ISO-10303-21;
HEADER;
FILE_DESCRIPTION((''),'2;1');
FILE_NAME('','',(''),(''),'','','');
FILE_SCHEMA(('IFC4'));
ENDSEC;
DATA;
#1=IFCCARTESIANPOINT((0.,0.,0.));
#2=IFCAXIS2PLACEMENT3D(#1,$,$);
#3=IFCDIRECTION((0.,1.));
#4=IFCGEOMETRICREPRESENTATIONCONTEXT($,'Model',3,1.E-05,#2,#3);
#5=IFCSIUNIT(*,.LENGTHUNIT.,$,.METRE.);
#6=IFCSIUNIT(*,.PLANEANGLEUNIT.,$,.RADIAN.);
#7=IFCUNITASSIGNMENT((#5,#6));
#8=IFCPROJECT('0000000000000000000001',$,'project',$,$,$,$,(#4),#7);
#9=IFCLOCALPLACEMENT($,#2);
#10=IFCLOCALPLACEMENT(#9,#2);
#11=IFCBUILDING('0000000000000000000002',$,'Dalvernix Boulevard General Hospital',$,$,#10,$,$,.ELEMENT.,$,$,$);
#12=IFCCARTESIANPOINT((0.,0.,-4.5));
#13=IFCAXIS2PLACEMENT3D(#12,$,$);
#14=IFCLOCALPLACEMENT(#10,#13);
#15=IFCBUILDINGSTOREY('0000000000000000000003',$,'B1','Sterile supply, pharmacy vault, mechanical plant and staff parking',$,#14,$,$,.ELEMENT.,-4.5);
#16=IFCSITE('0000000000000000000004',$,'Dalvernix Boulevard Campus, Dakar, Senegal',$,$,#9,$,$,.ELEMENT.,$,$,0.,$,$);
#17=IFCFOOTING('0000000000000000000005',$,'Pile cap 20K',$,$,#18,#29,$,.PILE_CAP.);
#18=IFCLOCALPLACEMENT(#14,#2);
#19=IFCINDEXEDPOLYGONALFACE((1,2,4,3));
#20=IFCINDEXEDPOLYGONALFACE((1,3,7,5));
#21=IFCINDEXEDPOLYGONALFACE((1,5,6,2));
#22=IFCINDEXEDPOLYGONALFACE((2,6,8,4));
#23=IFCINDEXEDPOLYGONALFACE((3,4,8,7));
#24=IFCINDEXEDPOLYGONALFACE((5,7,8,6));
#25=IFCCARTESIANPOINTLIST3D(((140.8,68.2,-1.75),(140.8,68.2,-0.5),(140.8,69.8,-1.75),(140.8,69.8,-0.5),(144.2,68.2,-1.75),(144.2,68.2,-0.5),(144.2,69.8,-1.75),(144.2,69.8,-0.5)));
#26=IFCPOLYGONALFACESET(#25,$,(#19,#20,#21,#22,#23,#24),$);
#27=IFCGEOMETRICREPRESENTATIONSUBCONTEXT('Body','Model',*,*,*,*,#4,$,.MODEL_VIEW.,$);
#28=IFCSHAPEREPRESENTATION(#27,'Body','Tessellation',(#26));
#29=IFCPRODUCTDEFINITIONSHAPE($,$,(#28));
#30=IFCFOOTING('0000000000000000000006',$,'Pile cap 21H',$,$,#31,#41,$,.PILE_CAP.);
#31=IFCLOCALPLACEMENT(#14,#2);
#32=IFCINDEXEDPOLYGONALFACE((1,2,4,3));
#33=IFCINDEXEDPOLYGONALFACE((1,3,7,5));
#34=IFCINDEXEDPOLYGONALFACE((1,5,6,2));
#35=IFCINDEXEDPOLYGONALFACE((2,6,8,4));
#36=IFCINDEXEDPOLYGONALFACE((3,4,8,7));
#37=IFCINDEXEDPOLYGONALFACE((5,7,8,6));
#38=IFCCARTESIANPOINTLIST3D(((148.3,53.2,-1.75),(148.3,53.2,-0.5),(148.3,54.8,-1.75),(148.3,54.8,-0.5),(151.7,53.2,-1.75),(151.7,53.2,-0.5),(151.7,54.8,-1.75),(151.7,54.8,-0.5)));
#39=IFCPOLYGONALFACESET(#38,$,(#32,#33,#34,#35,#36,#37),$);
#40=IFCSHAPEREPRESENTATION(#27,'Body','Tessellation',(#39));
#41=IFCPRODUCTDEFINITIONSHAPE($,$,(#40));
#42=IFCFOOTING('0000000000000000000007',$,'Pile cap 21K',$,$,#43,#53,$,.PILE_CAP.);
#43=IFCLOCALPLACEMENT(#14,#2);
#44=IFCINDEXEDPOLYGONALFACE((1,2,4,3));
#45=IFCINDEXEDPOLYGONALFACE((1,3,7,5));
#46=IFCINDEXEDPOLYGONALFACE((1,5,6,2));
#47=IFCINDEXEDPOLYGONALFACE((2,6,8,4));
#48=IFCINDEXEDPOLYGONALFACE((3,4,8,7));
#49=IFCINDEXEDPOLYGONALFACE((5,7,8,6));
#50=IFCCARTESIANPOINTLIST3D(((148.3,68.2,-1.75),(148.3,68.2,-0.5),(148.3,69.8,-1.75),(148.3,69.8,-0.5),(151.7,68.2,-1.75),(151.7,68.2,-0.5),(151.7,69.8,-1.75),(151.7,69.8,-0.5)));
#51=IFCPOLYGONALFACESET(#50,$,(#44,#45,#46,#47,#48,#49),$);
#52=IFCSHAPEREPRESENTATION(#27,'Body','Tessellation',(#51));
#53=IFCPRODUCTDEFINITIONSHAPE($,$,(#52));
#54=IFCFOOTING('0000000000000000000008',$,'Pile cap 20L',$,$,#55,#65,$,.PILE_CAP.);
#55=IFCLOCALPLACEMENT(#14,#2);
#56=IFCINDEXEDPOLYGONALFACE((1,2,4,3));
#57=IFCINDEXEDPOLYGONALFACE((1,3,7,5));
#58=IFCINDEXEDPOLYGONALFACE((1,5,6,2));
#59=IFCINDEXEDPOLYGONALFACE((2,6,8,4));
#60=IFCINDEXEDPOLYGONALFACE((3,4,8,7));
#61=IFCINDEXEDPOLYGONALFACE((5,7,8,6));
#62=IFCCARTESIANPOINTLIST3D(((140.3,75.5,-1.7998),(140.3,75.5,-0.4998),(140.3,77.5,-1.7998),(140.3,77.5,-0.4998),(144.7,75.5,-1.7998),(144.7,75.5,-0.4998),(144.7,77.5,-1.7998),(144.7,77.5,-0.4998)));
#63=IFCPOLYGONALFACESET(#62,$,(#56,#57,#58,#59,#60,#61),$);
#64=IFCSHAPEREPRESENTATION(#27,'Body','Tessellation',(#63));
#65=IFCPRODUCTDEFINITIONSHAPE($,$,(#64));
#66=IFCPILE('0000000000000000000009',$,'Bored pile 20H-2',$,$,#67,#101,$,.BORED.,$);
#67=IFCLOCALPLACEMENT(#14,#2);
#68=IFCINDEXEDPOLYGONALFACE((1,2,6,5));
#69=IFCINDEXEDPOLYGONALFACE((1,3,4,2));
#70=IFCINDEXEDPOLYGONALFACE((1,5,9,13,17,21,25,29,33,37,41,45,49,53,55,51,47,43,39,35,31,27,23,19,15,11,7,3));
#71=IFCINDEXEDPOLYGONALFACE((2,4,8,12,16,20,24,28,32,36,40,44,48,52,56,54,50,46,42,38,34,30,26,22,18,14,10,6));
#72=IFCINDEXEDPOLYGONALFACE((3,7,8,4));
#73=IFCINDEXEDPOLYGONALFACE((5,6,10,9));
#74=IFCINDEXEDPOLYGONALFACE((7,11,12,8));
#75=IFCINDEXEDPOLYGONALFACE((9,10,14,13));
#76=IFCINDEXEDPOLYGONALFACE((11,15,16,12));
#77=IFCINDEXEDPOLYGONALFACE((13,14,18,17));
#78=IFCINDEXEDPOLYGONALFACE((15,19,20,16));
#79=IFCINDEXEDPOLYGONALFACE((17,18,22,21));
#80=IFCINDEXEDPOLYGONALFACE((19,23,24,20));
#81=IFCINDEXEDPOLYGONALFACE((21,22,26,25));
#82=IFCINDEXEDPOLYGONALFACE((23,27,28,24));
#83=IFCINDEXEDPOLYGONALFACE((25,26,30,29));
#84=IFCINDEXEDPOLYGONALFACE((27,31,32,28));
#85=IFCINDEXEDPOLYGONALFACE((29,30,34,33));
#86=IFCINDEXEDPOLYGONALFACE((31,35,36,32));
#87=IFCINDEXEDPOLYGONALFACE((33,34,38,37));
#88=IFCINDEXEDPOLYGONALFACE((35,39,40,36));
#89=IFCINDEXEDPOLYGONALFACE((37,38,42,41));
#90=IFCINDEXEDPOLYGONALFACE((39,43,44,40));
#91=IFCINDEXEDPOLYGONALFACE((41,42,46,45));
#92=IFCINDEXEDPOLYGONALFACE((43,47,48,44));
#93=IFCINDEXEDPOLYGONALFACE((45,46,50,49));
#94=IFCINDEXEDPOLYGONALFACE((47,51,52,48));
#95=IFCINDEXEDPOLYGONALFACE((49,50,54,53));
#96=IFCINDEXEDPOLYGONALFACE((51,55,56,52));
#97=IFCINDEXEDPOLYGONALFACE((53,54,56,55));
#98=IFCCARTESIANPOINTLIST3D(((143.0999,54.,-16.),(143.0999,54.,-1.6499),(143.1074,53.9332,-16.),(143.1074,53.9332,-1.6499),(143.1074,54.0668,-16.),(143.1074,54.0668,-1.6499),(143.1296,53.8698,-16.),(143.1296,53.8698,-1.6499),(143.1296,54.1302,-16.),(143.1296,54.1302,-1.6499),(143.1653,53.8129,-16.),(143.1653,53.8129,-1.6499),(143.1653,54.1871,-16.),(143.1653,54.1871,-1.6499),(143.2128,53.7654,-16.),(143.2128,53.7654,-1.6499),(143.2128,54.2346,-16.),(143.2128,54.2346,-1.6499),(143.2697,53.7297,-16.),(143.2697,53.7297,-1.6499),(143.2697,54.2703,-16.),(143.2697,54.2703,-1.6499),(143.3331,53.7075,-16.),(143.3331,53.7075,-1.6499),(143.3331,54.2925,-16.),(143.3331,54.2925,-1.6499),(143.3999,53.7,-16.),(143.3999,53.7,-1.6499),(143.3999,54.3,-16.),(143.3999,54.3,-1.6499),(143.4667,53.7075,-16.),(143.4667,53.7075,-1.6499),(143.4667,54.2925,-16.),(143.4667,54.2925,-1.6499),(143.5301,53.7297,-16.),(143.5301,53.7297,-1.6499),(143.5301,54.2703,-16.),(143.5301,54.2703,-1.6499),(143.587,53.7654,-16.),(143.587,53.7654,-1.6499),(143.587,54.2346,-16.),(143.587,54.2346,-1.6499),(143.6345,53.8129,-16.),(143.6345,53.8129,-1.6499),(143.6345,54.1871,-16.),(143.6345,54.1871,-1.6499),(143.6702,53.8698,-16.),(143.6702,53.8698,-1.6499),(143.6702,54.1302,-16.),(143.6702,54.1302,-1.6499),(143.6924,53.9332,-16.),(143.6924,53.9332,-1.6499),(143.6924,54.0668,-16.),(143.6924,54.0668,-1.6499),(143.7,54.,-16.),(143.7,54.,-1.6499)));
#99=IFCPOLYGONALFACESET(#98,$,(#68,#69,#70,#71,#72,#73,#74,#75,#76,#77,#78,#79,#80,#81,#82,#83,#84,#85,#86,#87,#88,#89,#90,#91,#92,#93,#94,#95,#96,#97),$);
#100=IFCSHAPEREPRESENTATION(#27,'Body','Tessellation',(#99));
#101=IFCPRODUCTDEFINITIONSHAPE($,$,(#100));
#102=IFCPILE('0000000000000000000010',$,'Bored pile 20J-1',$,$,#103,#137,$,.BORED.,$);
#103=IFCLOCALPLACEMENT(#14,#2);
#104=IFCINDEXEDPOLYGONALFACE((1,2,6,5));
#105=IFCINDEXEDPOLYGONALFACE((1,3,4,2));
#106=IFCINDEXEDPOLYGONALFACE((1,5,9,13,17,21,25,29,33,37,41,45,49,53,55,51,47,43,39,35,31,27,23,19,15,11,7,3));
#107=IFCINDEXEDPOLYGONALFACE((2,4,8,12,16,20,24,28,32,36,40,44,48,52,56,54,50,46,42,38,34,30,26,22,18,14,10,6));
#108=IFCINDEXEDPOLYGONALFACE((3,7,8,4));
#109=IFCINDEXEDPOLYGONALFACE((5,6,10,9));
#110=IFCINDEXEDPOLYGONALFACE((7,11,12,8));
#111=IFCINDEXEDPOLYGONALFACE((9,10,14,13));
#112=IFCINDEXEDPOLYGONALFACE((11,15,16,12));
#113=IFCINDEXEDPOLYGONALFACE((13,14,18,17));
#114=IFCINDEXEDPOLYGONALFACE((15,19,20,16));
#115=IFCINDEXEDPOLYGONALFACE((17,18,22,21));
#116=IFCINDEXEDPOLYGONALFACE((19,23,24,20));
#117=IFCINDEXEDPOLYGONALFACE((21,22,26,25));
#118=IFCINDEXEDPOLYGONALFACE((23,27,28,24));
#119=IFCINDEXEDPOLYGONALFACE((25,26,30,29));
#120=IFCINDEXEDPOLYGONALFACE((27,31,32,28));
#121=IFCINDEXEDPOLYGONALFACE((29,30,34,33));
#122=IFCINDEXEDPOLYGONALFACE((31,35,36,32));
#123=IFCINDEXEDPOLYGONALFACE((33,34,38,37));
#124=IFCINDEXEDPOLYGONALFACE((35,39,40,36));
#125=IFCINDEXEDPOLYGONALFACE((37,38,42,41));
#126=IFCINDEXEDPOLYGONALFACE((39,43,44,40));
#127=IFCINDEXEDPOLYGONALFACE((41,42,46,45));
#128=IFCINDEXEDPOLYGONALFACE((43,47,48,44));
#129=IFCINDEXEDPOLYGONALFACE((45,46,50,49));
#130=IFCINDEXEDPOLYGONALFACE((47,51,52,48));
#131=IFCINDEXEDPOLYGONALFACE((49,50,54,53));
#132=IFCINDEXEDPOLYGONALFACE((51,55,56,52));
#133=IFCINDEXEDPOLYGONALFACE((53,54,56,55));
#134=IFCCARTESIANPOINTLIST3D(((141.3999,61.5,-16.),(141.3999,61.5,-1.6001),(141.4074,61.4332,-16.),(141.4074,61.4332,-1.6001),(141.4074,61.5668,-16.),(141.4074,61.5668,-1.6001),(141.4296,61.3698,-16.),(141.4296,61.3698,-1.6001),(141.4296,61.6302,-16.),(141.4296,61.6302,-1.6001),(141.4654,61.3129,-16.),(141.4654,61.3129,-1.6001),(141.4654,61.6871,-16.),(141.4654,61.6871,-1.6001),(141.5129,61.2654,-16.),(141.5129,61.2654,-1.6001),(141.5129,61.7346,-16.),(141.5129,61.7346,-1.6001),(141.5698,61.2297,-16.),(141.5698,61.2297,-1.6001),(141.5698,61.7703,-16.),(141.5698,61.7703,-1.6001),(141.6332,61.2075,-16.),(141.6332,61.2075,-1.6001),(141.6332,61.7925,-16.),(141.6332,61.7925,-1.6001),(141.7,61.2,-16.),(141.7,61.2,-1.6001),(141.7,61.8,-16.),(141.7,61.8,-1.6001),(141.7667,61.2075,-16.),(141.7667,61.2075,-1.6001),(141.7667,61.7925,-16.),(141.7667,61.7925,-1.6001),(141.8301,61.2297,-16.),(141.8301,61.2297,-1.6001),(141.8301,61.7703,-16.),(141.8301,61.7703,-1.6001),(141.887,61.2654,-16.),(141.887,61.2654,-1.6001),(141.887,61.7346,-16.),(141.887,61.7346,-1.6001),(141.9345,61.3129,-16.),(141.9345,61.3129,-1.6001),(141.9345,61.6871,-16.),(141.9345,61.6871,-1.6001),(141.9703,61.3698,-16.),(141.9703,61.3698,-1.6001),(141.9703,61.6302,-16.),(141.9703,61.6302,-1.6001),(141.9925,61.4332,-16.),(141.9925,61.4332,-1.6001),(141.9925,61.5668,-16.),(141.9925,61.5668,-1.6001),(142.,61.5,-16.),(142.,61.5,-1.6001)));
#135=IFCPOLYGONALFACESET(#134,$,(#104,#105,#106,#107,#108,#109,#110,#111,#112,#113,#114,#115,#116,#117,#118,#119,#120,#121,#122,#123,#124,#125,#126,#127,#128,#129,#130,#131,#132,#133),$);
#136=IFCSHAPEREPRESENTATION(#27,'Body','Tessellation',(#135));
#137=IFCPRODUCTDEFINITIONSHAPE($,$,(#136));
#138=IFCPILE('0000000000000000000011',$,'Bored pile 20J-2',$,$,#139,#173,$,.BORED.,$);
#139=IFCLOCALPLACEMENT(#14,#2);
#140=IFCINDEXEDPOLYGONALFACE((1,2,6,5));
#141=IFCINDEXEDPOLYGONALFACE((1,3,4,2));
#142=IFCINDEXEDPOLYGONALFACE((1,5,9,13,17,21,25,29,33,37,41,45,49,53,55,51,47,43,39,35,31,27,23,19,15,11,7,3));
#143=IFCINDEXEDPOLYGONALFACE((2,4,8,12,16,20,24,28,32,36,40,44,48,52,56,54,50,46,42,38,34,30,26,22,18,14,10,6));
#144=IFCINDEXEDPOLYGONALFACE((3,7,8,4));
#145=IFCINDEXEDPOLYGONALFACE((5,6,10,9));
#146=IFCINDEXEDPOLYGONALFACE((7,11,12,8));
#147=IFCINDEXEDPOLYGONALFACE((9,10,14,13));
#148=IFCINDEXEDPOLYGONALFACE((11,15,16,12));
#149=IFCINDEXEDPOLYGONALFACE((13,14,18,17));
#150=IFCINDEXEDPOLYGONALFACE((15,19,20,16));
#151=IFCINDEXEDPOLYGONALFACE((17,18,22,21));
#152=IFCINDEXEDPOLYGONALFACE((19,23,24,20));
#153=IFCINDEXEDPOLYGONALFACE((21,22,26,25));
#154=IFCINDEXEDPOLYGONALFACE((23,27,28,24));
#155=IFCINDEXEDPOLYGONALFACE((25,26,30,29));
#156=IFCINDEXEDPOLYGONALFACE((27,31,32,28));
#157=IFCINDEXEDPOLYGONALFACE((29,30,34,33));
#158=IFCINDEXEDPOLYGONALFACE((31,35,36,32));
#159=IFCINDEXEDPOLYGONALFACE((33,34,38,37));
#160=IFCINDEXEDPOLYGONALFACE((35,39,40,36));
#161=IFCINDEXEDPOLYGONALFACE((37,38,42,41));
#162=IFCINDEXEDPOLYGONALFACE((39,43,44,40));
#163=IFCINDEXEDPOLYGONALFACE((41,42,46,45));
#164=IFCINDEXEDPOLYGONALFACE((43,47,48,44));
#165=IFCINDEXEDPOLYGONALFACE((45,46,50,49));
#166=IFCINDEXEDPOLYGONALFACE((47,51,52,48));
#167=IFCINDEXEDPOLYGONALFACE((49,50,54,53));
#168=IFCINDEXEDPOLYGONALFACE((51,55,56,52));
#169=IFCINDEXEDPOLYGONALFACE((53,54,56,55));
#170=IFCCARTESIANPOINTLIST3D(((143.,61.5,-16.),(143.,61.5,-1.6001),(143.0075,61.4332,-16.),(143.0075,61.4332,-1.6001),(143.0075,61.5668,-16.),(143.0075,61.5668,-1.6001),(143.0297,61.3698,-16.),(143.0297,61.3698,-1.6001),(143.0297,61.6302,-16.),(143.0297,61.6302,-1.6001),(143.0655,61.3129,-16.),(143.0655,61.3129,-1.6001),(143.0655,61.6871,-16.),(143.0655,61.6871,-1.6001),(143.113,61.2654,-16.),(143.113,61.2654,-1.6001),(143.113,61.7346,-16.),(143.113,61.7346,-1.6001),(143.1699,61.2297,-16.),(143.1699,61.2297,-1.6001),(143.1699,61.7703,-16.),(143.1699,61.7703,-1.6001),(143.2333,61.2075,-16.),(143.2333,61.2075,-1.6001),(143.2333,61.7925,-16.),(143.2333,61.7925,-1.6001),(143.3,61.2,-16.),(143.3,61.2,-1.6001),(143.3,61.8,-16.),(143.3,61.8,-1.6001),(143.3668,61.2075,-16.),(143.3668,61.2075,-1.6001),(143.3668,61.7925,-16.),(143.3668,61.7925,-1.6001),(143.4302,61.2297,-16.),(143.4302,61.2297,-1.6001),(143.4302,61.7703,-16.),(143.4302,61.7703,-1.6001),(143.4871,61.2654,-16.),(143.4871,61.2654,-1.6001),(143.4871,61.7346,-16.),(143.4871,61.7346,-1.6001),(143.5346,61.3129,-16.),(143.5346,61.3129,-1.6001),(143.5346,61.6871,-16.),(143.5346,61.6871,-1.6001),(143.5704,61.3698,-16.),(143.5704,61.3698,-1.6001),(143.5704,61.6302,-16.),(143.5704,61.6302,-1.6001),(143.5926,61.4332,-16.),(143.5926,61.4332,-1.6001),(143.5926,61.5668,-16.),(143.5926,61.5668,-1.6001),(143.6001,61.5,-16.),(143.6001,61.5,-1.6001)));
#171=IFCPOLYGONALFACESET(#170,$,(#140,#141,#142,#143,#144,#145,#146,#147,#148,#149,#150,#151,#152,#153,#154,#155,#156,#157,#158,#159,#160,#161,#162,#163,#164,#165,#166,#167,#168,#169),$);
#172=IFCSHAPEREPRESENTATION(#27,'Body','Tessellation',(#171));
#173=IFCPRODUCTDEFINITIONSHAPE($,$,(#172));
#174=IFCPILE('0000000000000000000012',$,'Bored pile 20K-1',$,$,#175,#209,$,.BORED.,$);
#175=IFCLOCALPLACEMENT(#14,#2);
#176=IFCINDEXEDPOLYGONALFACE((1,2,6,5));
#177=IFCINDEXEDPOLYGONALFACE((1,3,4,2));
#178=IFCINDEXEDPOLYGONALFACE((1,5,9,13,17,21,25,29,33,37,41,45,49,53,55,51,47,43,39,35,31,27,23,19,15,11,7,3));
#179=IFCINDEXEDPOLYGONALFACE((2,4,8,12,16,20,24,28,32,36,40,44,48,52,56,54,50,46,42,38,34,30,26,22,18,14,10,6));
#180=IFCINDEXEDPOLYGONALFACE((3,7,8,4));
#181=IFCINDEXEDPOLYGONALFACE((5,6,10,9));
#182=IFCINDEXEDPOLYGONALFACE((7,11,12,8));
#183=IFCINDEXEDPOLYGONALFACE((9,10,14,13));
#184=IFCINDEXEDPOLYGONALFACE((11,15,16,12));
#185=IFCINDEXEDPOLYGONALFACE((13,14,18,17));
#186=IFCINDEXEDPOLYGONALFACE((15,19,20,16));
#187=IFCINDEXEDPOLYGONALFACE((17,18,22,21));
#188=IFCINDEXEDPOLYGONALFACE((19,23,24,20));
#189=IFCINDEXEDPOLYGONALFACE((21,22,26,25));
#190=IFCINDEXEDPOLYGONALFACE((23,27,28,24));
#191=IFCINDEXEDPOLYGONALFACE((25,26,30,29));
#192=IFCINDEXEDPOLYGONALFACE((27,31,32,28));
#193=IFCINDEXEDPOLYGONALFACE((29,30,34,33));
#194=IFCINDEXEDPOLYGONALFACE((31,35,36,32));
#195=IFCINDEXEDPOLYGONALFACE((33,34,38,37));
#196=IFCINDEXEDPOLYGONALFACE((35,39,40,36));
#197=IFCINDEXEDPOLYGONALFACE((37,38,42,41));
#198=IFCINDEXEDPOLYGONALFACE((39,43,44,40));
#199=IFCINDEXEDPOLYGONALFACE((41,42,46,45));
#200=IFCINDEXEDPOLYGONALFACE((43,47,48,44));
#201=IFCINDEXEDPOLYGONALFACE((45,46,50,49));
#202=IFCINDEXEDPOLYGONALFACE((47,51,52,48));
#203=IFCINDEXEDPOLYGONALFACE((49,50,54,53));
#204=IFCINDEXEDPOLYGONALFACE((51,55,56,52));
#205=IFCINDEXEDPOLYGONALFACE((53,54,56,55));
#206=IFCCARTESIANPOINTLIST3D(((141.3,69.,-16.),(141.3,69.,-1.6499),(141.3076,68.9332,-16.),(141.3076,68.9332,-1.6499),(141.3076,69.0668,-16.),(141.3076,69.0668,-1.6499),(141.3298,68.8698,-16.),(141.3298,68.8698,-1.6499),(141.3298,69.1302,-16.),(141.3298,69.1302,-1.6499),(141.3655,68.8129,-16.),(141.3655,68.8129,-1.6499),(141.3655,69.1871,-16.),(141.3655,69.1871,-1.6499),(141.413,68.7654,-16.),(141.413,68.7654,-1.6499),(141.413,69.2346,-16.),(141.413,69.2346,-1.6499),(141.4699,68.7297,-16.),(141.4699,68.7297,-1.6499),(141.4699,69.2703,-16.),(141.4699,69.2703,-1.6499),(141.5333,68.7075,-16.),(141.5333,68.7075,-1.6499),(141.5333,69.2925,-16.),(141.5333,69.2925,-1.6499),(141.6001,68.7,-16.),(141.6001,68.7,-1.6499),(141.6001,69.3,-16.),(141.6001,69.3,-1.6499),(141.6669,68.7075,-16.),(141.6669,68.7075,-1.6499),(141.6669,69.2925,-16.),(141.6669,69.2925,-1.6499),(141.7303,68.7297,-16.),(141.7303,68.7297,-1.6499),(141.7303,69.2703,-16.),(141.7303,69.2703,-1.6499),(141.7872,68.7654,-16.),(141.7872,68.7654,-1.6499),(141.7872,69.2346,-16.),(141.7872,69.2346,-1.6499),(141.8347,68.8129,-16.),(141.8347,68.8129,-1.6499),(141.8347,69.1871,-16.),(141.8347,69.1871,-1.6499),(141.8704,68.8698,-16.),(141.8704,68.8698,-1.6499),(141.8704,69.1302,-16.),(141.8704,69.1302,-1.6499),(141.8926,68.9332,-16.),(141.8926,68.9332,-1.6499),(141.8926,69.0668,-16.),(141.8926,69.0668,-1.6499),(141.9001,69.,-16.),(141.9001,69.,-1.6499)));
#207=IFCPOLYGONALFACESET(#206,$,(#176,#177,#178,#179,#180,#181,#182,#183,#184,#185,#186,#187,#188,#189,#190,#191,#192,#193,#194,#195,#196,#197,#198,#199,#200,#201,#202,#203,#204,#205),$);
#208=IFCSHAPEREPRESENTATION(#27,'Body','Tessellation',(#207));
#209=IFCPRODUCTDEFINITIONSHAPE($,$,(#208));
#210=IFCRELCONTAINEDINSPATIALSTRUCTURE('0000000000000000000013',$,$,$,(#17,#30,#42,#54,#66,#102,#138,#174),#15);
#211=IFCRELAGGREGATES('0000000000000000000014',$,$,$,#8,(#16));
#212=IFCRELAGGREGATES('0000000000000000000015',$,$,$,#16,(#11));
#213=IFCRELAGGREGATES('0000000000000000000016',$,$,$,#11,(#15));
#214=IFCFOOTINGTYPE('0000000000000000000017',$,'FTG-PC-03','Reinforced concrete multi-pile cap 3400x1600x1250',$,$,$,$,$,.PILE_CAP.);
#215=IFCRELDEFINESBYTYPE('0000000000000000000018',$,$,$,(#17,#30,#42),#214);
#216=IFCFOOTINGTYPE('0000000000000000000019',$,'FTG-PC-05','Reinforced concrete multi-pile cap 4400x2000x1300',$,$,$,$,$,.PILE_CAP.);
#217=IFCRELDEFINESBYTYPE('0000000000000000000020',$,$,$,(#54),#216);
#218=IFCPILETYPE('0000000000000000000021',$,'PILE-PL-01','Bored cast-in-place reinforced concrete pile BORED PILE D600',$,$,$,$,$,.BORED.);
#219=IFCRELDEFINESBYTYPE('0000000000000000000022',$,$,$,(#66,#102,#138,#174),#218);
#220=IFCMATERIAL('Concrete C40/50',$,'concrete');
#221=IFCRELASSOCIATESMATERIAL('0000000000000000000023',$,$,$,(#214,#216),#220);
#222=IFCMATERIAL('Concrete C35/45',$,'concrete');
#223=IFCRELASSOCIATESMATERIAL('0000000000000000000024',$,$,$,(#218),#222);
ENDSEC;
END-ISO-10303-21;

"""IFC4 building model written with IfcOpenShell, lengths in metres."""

from ifc_helpers import new_model, si_unit, direction, frame, origin, origin_2d, place, context, subcontext, project, spatial, rectangle, circle, extrude, material, material_profile, profile_set, type_object, element, save


model = new_model("IFC4")

# Units and contexts
model_context = context("Model", 3, precision=1e-05, world=origin(), true_north=direction((0.0, 1.0)))
body_context = subcontext(model_context, "Body", "Model", "MODEL_VIEW")
ifc_project = project(units=[si_unit("LENGTHUNIT", "METRE"), si_unit("PLANEANGLEUNIT", "RADIAN")], contexts=[model_context])

# Site, building, storey
site_placement = place(None, origin())
site = spatial("IfcSite", under=ifc_project, at=site_placement, Name="Dalvernix Boulevard Campus, Dakar, Senegal", CompositionType="ELEMENT", RefElevation=0.0)
building_placement = place(site_placement, origin())
building = spatial("IfcBuilding", under=site, at=building_placement, Name="Dalvernix Boulevard General Hospital", CompositionType="ELEMENT")
storey_placement = place(building_placement, frame((0.0, 0.0, -4.5)))
storey = spatial("IfcBuildingStorey", under=building, at=storey_placement, Name="B1", Description="Sterile supply, pharmacy vault, mechanical plant and staff parking", CompositionType="ELEMENT", Elevation=-4.5)

# Footings
ifc_material_1 = material(Name="Concrete C35/45", Category="concrete")
ifc_material_2 = material(Name="Concrete C40/50", Category="concrete")
footing_type_1 = type_object("IfcFootingType", Name="FTG-PC-03", Description="Reinforced concrete multi-pile cap 3400x1600x1250", PredefinedType="PILE_CAP", material=ifc_material_2)
for number, where, z_axis, x_axis, name in (
    (1, (142.5, 69.0, -1.75), (0.0, 0.0, 1.0), (1.0, 0.0, 0.0), "Pile cap 20K"),
    (2, (150.0, 54.0, -1.75), (0.0, 0.0, 1.0), (1.0, 0.0, 0.0), "Pile cap 21H"),
    (3, (150.0, 69.0, -1.75), (0.0, 0.0, 1.0), (1.0, 0.0, 0.0), "Pile cap 21K"),
):
    element("IfcFooting", number, at=place(storey_placement, frame(where, z_axis=z_axis, x_axis=x_axis)), inside=storey, type_object=footing_type_1, Name=name, PredefinedType="PILE_CAP", context=body_context, shape_type="SweptSolid", body=[
        extrude(rectangle(XDim=3.3999, YDim=1.6001, at=origin_2d()), origin(), (0.0, 0.0, 1.0), 1.25),
    ])
footing_type_2 = type_object("IfcFootingType", Name="FTG-PC-05", Description="Reinforced concrete multi-pile cap 4400x2000x1300", PredefinedType="PILE_CAP", material=ifc_material_2)
footing_1_placement = place(storey_placement, frame((142.5, 76.5, -1.7998), z_axis=(0.0, 0.0, 1.0), x_axis=(1.0, 0.0, 0.0)))
element("IfcFooting", 4, at=footing_1_placement, inside=storey, type_object=footing_type_2, Name="Pile cap 20L", PredefinedType="PILE_CAP", context=body_context, shape_type="SweptSolid", body=[
    extrude(rectangle(XDim=4.3999, YDim=2.0, at=origin_2d()), origin(), (0.0, 0.0, 1.0), 1.3),
])

# Piles
ifc_material_profile_1 = material_profile(ifc_material_1, circle(Radius=0.3, at=origin_2d()), Name="BORED PILE D600")
ifc_profile_set_1 = profile_set([ifc_material_profile_1], Name="Concrete C35/45")
pile_type_1 = type_object("IfcPileType", Name="PILE-PL-01", Description="Bored cast-in-place reinforced concrete pile BORED PILE D600", PredefinedType="BORED", material=ifc_profile_set_1)
pile_1_placement = place(storey_placement, frame((143.3999, 54.0, -1.6499), z_axis=(0.0, 0.0, -1.0), x_axis=(1.0, 0.0, 0.0)))
element("IfcPile", 5, at=pile_1_placement, inside=storey, type_object=pile_type_1, Name="Bored pile 20H-2", PredefinedType="BORED", context=body_context, shape_type="SweptSolid", body=[
    extrude(circle(Radius=0.3, at=origin_2d()), origin(), (0.0, 0.0, 1.0), 14.3501),
])
for number, where, z_axis, x_axis, name in (
    (6, (141.7, 61.5, -1.6001), (0.0, 0.0, -1.0), (1.0, 0.0, 0.0), "Bored pile 20J-1"),
    (7, (143.3, 61.5, -1.6001), (0.0, 0.0, -1.0), (1.0, 0.0, 0.0), "Bored pile 20J-2"),
):
    element("IfcPile", number, at=place(storey_placement, frame(where, z_axis=z_axis, x_axis=x_axis)), inside=storey, type_object=pile_type_1, Name=name, PredefinedType="BORED", context=body_context, shape_type="SweptSolid", body=[
        extrude(circle(Radius=0.3, at=origin_2d()), origin(), (0.0, 0.0, 1.0), 14.3999),
    ])
for number, where, z_axis, x_axis, name in (
    (8, (141.6001, 69.0, -1.6499), (0.0, 0.0, -1.0), (1.0, 0.0, 0.0), "Bored pile 20K-1"),
):
    element("IfcPile", number, at=place(storey_placement, frame(where, z_axis=z_axis, x_axis=x_axis)), inside=storey, type_object=pile_type_1, Name=name, PredefinedType="BORED", context=body_context, shape_type="SweptSolid", body=[
        extrude(circle(Radius=0.3, at=origin_2d()), origin(), (0.0, 0.0, 1.0), 14.3501),
    ])

save(model, "model.ifc")
